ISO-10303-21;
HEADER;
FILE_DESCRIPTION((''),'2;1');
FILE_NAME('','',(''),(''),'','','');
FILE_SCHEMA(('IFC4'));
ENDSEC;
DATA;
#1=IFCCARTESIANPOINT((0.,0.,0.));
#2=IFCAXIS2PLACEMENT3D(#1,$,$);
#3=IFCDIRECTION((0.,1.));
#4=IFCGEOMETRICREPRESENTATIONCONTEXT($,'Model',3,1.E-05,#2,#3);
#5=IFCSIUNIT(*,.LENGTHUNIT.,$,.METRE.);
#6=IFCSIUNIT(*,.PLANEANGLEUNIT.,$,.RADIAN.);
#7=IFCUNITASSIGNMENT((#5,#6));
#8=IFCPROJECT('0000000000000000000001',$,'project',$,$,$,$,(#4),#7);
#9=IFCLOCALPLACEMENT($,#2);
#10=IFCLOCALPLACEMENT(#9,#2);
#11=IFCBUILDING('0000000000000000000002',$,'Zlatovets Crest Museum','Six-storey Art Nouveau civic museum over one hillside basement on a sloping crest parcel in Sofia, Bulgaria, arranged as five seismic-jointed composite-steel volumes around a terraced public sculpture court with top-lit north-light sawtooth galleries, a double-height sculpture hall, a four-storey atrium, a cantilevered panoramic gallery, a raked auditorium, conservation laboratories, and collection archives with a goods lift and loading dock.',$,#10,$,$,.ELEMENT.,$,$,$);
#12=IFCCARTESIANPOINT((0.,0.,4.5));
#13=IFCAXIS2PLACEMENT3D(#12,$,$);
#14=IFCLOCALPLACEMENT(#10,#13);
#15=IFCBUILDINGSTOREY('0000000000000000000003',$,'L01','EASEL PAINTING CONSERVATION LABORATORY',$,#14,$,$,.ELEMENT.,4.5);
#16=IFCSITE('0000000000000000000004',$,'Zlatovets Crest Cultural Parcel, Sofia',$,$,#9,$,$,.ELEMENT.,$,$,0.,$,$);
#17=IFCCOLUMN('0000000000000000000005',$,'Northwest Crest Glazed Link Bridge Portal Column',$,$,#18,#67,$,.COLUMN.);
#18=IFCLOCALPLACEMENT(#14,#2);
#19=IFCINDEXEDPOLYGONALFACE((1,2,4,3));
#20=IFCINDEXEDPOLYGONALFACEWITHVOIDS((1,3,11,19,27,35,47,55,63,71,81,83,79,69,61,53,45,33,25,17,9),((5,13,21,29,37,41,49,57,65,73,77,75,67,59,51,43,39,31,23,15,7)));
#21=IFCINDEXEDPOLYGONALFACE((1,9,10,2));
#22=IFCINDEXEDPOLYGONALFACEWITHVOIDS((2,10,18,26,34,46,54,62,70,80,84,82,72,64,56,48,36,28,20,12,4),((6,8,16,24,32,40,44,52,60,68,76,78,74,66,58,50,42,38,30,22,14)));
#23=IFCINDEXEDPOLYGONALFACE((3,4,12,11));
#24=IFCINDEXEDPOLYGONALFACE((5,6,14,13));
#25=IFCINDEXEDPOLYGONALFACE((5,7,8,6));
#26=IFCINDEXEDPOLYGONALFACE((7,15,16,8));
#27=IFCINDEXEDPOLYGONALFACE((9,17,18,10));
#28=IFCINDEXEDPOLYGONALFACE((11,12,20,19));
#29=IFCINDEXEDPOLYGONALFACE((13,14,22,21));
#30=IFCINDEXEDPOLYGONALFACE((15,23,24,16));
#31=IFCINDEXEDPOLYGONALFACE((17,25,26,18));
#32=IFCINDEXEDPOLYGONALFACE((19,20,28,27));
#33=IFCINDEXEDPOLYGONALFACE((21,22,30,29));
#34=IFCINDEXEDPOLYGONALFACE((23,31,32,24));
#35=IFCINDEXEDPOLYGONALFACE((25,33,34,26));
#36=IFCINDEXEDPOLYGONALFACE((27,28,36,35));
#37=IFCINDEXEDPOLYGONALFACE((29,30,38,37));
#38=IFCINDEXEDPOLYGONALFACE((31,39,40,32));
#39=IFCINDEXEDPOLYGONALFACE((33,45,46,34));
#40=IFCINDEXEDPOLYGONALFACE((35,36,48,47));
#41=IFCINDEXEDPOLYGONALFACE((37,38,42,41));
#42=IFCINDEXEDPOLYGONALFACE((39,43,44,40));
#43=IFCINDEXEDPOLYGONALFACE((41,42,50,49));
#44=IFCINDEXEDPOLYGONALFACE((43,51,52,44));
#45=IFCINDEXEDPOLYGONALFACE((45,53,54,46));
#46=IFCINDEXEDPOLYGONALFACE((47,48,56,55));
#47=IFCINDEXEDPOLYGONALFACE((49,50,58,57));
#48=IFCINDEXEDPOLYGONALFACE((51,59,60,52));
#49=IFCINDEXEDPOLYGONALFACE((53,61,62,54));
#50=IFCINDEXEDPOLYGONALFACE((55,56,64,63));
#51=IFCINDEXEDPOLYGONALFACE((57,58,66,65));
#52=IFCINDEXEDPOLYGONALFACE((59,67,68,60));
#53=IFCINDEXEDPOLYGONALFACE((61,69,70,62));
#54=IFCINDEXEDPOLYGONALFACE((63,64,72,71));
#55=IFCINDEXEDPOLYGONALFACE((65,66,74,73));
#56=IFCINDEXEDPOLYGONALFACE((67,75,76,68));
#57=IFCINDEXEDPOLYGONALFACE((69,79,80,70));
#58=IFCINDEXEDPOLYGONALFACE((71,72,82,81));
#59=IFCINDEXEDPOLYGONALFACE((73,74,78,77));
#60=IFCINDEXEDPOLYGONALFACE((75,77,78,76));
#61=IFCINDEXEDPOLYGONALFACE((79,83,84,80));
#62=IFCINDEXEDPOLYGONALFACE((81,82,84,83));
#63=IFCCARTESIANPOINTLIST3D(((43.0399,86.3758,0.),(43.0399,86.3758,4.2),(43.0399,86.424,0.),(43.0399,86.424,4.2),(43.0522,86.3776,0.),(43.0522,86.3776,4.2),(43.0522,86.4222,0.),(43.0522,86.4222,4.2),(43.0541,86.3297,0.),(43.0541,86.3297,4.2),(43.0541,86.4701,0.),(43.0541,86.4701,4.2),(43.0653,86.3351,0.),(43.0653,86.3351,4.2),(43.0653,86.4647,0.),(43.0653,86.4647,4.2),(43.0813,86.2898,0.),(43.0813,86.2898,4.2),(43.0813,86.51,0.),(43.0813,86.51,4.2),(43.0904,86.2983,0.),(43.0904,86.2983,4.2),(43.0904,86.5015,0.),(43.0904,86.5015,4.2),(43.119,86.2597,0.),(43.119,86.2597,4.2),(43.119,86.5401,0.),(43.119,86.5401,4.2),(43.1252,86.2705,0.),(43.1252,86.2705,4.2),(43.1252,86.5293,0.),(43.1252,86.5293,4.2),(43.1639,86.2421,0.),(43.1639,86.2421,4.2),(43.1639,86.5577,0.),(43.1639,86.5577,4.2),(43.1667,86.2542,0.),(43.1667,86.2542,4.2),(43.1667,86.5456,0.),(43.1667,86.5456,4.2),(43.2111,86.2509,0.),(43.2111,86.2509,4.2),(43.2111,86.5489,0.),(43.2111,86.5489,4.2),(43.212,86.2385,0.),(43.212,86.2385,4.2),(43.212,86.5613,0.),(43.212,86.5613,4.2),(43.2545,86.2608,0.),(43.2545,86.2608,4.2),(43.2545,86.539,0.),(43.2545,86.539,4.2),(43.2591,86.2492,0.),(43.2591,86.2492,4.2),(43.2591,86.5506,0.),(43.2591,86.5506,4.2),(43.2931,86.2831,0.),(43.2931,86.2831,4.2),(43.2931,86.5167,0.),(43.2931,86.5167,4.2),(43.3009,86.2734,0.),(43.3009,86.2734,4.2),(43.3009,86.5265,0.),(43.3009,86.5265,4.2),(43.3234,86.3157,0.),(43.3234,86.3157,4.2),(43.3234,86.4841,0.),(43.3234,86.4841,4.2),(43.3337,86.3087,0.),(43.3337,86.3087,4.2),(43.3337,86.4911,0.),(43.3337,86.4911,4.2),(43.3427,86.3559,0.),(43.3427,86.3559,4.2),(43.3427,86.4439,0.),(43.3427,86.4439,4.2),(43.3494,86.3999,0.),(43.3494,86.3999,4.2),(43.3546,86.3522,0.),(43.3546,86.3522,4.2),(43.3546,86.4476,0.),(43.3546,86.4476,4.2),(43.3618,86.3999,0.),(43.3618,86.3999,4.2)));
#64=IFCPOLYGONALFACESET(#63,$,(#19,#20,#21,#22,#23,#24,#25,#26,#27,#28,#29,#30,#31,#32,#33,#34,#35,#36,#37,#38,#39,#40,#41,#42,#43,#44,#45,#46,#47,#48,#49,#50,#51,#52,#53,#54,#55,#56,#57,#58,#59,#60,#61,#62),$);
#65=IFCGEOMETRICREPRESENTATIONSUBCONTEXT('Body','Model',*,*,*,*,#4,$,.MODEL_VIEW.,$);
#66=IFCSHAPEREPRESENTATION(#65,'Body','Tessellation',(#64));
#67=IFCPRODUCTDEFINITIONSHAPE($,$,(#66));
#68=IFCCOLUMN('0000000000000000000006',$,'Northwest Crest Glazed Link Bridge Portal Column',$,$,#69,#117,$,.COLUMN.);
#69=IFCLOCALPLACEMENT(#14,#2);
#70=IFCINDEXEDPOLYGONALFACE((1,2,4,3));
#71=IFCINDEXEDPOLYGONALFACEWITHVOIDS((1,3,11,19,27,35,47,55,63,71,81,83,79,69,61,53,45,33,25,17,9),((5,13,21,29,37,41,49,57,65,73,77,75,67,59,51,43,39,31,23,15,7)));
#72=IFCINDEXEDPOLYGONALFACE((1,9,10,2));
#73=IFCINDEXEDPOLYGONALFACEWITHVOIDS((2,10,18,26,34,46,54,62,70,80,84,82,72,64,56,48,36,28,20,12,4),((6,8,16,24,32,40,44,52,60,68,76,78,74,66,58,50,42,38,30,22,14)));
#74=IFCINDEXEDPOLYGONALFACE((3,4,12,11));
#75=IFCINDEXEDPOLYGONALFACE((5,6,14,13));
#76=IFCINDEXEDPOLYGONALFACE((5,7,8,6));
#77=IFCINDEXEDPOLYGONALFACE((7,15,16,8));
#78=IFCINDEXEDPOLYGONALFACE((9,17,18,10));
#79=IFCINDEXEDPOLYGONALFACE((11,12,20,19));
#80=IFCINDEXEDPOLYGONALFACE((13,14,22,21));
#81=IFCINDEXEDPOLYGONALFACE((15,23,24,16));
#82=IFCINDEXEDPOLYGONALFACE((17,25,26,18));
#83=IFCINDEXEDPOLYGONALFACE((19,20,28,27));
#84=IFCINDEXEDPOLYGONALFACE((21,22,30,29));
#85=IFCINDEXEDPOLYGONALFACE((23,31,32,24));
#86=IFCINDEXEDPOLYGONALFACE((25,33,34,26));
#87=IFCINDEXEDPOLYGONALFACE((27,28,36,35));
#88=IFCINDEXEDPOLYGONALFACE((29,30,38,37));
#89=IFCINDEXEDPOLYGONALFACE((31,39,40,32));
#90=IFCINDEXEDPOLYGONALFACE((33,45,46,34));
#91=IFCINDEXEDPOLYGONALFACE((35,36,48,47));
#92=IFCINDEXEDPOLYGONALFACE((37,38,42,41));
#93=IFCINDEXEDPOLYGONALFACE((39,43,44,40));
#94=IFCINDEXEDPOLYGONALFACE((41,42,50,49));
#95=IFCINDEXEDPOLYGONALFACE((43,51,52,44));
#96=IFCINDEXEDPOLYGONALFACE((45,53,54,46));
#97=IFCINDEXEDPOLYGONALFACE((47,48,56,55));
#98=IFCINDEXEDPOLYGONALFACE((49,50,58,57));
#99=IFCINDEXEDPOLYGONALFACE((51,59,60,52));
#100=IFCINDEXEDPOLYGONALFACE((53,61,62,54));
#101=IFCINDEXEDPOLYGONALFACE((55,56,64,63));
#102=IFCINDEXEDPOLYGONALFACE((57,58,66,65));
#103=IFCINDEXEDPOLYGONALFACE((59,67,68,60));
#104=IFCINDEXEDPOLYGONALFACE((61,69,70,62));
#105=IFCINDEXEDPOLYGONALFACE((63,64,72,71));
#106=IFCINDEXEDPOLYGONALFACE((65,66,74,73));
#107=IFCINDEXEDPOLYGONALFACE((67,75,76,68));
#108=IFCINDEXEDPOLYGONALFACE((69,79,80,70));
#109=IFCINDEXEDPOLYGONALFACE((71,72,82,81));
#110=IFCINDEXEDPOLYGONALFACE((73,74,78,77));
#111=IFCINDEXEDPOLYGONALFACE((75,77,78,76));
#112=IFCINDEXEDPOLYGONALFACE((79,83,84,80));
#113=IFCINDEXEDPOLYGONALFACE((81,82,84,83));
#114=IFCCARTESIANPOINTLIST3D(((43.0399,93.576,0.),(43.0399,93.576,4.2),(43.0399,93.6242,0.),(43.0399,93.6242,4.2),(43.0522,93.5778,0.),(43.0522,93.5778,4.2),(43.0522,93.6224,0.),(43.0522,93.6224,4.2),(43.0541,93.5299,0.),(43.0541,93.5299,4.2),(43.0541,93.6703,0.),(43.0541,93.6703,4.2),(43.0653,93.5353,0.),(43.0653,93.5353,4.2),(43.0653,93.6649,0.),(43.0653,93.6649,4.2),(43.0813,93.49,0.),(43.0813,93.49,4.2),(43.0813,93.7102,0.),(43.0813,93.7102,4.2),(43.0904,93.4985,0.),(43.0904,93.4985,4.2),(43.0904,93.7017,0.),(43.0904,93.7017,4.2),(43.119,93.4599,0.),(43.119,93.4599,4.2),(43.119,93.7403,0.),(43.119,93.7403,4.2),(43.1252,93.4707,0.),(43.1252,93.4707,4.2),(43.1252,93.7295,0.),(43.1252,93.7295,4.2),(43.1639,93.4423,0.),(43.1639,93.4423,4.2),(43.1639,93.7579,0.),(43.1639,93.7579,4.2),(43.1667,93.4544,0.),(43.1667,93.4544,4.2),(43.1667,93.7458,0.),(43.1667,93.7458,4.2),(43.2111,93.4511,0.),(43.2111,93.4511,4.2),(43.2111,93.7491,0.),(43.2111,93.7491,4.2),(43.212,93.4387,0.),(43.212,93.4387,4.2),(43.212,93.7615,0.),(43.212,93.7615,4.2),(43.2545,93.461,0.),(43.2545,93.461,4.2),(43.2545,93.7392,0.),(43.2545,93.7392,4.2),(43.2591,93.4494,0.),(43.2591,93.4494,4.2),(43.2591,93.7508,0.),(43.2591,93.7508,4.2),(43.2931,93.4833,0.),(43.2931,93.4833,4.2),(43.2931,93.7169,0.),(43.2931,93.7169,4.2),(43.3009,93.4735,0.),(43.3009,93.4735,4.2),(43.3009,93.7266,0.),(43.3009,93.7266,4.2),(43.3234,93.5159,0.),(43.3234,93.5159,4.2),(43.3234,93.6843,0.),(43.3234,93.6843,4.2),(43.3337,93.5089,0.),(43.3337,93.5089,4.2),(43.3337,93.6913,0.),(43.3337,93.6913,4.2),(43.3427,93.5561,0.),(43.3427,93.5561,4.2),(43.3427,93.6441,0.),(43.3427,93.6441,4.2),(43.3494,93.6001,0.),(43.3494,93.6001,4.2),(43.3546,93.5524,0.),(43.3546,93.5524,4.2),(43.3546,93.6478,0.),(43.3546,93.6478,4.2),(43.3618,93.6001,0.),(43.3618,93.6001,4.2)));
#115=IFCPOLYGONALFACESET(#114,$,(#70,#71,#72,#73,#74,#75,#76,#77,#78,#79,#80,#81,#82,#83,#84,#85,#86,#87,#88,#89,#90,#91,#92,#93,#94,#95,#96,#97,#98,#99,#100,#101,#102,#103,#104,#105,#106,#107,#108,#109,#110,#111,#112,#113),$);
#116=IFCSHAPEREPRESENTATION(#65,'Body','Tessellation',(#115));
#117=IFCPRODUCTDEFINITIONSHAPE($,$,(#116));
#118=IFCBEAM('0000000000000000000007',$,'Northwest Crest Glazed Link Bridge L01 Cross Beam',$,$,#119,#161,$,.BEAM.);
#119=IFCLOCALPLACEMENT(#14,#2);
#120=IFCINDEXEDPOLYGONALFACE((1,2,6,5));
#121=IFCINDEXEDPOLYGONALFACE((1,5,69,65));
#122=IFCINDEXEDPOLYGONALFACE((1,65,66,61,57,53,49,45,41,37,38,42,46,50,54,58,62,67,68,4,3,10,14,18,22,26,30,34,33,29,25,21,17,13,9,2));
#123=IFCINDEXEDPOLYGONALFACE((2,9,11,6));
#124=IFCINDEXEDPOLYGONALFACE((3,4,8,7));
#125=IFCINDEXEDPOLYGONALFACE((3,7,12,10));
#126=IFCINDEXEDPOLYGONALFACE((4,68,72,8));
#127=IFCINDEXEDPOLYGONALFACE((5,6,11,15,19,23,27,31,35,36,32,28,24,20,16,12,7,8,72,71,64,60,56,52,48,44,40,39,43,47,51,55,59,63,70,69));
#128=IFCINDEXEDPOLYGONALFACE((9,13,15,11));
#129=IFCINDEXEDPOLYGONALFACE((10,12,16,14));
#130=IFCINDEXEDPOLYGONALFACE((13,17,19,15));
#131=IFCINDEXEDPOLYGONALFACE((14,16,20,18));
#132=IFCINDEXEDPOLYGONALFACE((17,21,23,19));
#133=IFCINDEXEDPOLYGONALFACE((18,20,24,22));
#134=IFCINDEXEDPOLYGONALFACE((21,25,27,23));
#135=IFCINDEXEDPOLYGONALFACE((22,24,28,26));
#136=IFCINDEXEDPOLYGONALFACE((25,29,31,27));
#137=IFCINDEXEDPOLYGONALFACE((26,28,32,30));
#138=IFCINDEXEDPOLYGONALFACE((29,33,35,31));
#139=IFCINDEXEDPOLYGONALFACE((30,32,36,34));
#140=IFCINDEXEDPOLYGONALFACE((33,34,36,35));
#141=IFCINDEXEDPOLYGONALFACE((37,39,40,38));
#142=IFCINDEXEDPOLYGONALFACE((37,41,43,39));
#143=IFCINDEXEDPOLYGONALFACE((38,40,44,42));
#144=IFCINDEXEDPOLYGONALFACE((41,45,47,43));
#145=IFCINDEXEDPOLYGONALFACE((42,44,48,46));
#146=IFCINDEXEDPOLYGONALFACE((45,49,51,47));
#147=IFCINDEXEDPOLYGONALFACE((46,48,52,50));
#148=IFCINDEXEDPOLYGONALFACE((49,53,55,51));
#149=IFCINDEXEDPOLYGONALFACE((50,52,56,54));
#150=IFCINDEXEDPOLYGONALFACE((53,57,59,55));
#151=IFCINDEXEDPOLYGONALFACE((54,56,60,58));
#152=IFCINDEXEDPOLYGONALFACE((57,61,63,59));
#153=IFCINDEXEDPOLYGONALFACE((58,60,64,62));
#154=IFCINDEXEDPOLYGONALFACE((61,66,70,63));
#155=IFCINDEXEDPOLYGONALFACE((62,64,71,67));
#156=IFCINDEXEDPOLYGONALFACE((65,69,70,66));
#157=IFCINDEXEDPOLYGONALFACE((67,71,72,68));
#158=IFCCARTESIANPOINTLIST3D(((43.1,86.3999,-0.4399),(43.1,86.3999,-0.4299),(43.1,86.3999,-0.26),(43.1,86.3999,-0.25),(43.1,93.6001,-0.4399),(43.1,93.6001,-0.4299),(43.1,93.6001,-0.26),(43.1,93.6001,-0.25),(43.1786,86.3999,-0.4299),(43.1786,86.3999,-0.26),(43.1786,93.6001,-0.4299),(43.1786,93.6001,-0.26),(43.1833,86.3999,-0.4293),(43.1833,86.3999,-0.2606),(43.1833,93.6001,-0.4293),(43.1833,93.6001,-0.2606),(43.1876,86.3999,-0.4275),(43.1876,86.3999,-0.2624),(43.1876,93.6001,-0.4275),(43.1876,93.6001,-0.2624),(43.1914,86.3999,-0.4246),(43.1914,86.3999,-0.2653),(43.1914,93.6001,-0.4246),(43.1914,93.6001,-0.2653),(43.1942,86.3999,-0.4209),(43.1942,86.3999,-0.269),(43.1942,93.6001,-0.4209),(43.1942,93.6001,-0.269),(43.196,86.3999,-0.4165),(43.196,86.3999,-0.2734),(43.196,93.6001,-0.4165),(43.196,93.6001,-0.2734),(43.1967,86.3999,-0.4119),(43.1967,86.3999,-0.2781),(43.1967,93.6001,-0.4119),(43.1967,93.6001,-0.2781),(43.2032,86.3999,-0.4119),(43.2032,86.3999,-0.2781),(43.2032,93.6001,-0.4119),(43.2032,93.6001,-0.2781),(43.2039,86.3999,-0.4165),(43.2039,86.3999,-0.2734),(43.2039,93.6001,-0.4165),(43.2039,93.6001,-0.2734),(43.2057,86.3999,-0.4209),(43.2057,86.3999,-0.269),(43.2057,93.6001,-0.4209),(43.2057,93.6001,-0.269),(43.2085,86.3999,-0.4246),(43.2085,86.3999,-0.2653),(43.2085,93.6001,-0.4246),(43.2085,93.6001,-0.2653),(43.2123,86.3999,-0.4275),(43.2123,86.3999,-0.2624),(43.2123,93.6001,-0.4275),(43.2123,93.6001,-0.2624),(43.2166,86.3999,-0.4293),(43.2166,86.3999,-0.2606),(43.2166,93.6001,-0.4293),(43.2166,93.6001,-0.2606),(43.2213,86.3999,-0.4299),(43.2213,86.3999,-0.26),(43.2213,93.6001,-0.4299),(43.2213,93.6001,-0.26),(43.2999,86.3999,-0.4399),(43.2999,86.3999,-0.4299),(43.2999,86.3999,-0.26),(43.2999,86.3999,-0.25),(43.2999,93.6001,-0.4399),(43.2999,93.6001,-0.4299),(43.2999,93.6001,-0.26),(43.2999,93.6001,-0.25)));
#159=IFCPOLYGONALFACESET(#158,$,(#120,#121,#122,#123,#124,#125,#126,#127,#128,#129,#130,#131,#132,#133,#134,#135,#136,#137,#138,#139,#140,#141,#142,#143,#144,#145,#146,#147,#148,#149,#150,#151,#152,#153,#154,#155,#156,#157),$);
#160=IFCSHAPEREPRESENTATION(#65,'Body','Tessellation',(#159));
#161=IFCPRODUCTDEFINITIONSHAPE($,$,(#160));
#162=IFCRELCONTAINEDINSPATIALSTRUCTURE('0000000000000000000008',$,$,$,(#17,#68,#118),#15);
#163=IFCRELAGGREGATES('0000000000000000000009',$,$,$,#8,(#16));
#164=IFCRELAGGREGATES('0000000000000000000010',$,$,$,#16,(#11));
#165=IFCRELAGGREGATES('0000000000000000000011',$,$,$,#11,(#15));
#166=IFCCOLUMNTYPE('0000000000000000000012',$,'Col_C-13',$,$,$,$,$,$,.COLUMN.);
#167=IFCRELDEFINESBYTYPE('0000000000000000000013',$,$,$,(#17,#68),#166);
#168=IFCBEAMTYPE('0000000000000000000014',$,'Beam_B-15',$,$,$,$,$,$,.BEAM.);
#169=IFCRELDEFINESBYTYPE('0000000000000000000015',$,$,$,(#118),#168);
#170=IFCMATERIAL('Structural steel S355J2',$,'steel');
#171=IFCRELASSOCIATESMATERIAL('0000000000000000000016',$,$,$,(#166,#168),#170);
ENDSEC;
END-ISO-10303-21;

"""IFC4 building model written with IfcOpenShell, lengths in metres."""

from ifc_helpers import new_model, si_unit, direction, frame, origin, origin_2d, place, context, subcontext, project, spatial, hollow_circle, i_section, extrude, material, material_profile, profile_set, type_object, element, save


model = new_model("IFC4")

# Units and contexts
model_context = context("Model", 3, precision=1e-05, world=origin(), true_north=direction((0.0, 1.0)))
body_context = subcontext(model_context, "Body", "Model", "MODEL_VIEW")
ifc_project = project(units=[si_unit("LENGTHUNIT", "METRE"), si_unit("PLANEANGLEUNIT", "RADIAN")], contexts=[model_context])

# Site, building, storey
site_placement = place(None, origin())
site = spatial("IfcSite", under=ifc_project, at=site_placement, Name="Zlatovets Crest Cultural Parcel, Sofia", CompositionType="ELEMENT", RefElevation=0.0)
building_placement = place(site_placement, origin())
building = spatial("IfcBuilding", under=site, at=building_placement, Name="Zlatovets Crest Museum", Description="Six-storey Art Nouveau civic museum over one hillside basement on a sloping crest parcel in Sofia, Bulgaria, arranged as five seismic-jointed composite-steel volumes around a terraced public sculpture court with top-lit north-light sawtooth galleries, a double-height sculpture hall, a four-storey atrium, a cantilevered panoramic gallery, a raked auditorium, conservation laboratories, and collection archives with a goods lift and loading dock.", CompositionType="ELEMENT")
storey_placement = place(building_placement, frame((0.0, 0.0, 4.5)))
storey = spatial("IfcBuildingStorey", under=building, at=storey_placement, Name="L01", Description="EASEL PAINTING CONSERVATION LABORATORY", CompositionType="ELEMENT", Elevation=4.5)

# Columns
ifc_material_1 = material(Name="Structural steel S355J2", Category="steel")
ifc_material_profile_1 = material_profile(ifc_material_1, hollow_circle(Radius=0.1619, WallThickness=0.0125, at=origin_2d()), Name="CHS 323.9x12.5")
ifc_profile_set_1 = profile_set([ifc_material_profile_1], Name="Structural steel S355J2")
column_type = type_object("IfcColumnType", Name="Col_C-13", PredefinedType="COLUMN", material=ifc_profile_set_1)
for number, where, z_axis, x_axis, name in (
    (1, (43.2, 86.3999, 0.0), (0.0, 0.0, 1.0), (1.0, 0.0, 0.0), "Northwest Crest Glazed Link Bridge Portal Column"),
    (2, (43.2, 93.6001, 0.0), (0.0, 0.0, 1.0), (1.0, 0.0, 0.0), "Northwest Crest Glazed Link Bridge Portal Column"),
):
    element("IfcColumn", number, at=place(storey_placement, frame(where, z_axis=z_axis, x_axis=x_axis)), inside=storey, type_object=column_type, Name=name, PredefinedType="COLUMN", context=body_context, shape_type="SweptSolid", body=[
        extrude(hollow_circle(Radius=0.1619, WallThickness=0.0125, at=origin_2d()), origin(), (0.0, 0.0, 1.0), 4.2),
    ])

# Beam
ifc_material_profile_2 = material_profile(ifc_material_1, i_section(OverallWidth=0.2, OverallDepth=0.1899, WebThickness=0.0066, FlangeThickness=0.01, FilletRadius=0.0181, at=origin_2d()), Name="HEA 200")
ifc_profile_set_2 = profile_set([ifc_material_profile_2], Name="Structural steel S355J2")
beam_type_1 = type_object("IfcBeamType", Name="Beam_B-15", PredefinedType="BEAM", material=ifc_profile_set_2)
beam_placement = place(storey_placement, frame((43.2, 86.3999, -0.345), z_axis=(0.0, 1.0, 0.0), x_axis=(-1.0, 0.0, 0.0)))
element("IfcBeam", 3, at=beam_placement, inside=storey, type_object=beam_type_1, Name="Northwest Crest Glazed Link Bridge L01 Cross Beam", PredefinedType="BEAM", context=body_context, shape_type="SweptSolid", body=[
    extrude(i_section(OverallWidth=0.2, OverallDepth=0.1899, WebThickness=0.0066, FlangeThickness=0.01, FilletRadius=0.0181, at=origin_2d()), origin(), (0.0, 0.0, 1.0), 7.2002),
])

save(model, "model.ifc")
